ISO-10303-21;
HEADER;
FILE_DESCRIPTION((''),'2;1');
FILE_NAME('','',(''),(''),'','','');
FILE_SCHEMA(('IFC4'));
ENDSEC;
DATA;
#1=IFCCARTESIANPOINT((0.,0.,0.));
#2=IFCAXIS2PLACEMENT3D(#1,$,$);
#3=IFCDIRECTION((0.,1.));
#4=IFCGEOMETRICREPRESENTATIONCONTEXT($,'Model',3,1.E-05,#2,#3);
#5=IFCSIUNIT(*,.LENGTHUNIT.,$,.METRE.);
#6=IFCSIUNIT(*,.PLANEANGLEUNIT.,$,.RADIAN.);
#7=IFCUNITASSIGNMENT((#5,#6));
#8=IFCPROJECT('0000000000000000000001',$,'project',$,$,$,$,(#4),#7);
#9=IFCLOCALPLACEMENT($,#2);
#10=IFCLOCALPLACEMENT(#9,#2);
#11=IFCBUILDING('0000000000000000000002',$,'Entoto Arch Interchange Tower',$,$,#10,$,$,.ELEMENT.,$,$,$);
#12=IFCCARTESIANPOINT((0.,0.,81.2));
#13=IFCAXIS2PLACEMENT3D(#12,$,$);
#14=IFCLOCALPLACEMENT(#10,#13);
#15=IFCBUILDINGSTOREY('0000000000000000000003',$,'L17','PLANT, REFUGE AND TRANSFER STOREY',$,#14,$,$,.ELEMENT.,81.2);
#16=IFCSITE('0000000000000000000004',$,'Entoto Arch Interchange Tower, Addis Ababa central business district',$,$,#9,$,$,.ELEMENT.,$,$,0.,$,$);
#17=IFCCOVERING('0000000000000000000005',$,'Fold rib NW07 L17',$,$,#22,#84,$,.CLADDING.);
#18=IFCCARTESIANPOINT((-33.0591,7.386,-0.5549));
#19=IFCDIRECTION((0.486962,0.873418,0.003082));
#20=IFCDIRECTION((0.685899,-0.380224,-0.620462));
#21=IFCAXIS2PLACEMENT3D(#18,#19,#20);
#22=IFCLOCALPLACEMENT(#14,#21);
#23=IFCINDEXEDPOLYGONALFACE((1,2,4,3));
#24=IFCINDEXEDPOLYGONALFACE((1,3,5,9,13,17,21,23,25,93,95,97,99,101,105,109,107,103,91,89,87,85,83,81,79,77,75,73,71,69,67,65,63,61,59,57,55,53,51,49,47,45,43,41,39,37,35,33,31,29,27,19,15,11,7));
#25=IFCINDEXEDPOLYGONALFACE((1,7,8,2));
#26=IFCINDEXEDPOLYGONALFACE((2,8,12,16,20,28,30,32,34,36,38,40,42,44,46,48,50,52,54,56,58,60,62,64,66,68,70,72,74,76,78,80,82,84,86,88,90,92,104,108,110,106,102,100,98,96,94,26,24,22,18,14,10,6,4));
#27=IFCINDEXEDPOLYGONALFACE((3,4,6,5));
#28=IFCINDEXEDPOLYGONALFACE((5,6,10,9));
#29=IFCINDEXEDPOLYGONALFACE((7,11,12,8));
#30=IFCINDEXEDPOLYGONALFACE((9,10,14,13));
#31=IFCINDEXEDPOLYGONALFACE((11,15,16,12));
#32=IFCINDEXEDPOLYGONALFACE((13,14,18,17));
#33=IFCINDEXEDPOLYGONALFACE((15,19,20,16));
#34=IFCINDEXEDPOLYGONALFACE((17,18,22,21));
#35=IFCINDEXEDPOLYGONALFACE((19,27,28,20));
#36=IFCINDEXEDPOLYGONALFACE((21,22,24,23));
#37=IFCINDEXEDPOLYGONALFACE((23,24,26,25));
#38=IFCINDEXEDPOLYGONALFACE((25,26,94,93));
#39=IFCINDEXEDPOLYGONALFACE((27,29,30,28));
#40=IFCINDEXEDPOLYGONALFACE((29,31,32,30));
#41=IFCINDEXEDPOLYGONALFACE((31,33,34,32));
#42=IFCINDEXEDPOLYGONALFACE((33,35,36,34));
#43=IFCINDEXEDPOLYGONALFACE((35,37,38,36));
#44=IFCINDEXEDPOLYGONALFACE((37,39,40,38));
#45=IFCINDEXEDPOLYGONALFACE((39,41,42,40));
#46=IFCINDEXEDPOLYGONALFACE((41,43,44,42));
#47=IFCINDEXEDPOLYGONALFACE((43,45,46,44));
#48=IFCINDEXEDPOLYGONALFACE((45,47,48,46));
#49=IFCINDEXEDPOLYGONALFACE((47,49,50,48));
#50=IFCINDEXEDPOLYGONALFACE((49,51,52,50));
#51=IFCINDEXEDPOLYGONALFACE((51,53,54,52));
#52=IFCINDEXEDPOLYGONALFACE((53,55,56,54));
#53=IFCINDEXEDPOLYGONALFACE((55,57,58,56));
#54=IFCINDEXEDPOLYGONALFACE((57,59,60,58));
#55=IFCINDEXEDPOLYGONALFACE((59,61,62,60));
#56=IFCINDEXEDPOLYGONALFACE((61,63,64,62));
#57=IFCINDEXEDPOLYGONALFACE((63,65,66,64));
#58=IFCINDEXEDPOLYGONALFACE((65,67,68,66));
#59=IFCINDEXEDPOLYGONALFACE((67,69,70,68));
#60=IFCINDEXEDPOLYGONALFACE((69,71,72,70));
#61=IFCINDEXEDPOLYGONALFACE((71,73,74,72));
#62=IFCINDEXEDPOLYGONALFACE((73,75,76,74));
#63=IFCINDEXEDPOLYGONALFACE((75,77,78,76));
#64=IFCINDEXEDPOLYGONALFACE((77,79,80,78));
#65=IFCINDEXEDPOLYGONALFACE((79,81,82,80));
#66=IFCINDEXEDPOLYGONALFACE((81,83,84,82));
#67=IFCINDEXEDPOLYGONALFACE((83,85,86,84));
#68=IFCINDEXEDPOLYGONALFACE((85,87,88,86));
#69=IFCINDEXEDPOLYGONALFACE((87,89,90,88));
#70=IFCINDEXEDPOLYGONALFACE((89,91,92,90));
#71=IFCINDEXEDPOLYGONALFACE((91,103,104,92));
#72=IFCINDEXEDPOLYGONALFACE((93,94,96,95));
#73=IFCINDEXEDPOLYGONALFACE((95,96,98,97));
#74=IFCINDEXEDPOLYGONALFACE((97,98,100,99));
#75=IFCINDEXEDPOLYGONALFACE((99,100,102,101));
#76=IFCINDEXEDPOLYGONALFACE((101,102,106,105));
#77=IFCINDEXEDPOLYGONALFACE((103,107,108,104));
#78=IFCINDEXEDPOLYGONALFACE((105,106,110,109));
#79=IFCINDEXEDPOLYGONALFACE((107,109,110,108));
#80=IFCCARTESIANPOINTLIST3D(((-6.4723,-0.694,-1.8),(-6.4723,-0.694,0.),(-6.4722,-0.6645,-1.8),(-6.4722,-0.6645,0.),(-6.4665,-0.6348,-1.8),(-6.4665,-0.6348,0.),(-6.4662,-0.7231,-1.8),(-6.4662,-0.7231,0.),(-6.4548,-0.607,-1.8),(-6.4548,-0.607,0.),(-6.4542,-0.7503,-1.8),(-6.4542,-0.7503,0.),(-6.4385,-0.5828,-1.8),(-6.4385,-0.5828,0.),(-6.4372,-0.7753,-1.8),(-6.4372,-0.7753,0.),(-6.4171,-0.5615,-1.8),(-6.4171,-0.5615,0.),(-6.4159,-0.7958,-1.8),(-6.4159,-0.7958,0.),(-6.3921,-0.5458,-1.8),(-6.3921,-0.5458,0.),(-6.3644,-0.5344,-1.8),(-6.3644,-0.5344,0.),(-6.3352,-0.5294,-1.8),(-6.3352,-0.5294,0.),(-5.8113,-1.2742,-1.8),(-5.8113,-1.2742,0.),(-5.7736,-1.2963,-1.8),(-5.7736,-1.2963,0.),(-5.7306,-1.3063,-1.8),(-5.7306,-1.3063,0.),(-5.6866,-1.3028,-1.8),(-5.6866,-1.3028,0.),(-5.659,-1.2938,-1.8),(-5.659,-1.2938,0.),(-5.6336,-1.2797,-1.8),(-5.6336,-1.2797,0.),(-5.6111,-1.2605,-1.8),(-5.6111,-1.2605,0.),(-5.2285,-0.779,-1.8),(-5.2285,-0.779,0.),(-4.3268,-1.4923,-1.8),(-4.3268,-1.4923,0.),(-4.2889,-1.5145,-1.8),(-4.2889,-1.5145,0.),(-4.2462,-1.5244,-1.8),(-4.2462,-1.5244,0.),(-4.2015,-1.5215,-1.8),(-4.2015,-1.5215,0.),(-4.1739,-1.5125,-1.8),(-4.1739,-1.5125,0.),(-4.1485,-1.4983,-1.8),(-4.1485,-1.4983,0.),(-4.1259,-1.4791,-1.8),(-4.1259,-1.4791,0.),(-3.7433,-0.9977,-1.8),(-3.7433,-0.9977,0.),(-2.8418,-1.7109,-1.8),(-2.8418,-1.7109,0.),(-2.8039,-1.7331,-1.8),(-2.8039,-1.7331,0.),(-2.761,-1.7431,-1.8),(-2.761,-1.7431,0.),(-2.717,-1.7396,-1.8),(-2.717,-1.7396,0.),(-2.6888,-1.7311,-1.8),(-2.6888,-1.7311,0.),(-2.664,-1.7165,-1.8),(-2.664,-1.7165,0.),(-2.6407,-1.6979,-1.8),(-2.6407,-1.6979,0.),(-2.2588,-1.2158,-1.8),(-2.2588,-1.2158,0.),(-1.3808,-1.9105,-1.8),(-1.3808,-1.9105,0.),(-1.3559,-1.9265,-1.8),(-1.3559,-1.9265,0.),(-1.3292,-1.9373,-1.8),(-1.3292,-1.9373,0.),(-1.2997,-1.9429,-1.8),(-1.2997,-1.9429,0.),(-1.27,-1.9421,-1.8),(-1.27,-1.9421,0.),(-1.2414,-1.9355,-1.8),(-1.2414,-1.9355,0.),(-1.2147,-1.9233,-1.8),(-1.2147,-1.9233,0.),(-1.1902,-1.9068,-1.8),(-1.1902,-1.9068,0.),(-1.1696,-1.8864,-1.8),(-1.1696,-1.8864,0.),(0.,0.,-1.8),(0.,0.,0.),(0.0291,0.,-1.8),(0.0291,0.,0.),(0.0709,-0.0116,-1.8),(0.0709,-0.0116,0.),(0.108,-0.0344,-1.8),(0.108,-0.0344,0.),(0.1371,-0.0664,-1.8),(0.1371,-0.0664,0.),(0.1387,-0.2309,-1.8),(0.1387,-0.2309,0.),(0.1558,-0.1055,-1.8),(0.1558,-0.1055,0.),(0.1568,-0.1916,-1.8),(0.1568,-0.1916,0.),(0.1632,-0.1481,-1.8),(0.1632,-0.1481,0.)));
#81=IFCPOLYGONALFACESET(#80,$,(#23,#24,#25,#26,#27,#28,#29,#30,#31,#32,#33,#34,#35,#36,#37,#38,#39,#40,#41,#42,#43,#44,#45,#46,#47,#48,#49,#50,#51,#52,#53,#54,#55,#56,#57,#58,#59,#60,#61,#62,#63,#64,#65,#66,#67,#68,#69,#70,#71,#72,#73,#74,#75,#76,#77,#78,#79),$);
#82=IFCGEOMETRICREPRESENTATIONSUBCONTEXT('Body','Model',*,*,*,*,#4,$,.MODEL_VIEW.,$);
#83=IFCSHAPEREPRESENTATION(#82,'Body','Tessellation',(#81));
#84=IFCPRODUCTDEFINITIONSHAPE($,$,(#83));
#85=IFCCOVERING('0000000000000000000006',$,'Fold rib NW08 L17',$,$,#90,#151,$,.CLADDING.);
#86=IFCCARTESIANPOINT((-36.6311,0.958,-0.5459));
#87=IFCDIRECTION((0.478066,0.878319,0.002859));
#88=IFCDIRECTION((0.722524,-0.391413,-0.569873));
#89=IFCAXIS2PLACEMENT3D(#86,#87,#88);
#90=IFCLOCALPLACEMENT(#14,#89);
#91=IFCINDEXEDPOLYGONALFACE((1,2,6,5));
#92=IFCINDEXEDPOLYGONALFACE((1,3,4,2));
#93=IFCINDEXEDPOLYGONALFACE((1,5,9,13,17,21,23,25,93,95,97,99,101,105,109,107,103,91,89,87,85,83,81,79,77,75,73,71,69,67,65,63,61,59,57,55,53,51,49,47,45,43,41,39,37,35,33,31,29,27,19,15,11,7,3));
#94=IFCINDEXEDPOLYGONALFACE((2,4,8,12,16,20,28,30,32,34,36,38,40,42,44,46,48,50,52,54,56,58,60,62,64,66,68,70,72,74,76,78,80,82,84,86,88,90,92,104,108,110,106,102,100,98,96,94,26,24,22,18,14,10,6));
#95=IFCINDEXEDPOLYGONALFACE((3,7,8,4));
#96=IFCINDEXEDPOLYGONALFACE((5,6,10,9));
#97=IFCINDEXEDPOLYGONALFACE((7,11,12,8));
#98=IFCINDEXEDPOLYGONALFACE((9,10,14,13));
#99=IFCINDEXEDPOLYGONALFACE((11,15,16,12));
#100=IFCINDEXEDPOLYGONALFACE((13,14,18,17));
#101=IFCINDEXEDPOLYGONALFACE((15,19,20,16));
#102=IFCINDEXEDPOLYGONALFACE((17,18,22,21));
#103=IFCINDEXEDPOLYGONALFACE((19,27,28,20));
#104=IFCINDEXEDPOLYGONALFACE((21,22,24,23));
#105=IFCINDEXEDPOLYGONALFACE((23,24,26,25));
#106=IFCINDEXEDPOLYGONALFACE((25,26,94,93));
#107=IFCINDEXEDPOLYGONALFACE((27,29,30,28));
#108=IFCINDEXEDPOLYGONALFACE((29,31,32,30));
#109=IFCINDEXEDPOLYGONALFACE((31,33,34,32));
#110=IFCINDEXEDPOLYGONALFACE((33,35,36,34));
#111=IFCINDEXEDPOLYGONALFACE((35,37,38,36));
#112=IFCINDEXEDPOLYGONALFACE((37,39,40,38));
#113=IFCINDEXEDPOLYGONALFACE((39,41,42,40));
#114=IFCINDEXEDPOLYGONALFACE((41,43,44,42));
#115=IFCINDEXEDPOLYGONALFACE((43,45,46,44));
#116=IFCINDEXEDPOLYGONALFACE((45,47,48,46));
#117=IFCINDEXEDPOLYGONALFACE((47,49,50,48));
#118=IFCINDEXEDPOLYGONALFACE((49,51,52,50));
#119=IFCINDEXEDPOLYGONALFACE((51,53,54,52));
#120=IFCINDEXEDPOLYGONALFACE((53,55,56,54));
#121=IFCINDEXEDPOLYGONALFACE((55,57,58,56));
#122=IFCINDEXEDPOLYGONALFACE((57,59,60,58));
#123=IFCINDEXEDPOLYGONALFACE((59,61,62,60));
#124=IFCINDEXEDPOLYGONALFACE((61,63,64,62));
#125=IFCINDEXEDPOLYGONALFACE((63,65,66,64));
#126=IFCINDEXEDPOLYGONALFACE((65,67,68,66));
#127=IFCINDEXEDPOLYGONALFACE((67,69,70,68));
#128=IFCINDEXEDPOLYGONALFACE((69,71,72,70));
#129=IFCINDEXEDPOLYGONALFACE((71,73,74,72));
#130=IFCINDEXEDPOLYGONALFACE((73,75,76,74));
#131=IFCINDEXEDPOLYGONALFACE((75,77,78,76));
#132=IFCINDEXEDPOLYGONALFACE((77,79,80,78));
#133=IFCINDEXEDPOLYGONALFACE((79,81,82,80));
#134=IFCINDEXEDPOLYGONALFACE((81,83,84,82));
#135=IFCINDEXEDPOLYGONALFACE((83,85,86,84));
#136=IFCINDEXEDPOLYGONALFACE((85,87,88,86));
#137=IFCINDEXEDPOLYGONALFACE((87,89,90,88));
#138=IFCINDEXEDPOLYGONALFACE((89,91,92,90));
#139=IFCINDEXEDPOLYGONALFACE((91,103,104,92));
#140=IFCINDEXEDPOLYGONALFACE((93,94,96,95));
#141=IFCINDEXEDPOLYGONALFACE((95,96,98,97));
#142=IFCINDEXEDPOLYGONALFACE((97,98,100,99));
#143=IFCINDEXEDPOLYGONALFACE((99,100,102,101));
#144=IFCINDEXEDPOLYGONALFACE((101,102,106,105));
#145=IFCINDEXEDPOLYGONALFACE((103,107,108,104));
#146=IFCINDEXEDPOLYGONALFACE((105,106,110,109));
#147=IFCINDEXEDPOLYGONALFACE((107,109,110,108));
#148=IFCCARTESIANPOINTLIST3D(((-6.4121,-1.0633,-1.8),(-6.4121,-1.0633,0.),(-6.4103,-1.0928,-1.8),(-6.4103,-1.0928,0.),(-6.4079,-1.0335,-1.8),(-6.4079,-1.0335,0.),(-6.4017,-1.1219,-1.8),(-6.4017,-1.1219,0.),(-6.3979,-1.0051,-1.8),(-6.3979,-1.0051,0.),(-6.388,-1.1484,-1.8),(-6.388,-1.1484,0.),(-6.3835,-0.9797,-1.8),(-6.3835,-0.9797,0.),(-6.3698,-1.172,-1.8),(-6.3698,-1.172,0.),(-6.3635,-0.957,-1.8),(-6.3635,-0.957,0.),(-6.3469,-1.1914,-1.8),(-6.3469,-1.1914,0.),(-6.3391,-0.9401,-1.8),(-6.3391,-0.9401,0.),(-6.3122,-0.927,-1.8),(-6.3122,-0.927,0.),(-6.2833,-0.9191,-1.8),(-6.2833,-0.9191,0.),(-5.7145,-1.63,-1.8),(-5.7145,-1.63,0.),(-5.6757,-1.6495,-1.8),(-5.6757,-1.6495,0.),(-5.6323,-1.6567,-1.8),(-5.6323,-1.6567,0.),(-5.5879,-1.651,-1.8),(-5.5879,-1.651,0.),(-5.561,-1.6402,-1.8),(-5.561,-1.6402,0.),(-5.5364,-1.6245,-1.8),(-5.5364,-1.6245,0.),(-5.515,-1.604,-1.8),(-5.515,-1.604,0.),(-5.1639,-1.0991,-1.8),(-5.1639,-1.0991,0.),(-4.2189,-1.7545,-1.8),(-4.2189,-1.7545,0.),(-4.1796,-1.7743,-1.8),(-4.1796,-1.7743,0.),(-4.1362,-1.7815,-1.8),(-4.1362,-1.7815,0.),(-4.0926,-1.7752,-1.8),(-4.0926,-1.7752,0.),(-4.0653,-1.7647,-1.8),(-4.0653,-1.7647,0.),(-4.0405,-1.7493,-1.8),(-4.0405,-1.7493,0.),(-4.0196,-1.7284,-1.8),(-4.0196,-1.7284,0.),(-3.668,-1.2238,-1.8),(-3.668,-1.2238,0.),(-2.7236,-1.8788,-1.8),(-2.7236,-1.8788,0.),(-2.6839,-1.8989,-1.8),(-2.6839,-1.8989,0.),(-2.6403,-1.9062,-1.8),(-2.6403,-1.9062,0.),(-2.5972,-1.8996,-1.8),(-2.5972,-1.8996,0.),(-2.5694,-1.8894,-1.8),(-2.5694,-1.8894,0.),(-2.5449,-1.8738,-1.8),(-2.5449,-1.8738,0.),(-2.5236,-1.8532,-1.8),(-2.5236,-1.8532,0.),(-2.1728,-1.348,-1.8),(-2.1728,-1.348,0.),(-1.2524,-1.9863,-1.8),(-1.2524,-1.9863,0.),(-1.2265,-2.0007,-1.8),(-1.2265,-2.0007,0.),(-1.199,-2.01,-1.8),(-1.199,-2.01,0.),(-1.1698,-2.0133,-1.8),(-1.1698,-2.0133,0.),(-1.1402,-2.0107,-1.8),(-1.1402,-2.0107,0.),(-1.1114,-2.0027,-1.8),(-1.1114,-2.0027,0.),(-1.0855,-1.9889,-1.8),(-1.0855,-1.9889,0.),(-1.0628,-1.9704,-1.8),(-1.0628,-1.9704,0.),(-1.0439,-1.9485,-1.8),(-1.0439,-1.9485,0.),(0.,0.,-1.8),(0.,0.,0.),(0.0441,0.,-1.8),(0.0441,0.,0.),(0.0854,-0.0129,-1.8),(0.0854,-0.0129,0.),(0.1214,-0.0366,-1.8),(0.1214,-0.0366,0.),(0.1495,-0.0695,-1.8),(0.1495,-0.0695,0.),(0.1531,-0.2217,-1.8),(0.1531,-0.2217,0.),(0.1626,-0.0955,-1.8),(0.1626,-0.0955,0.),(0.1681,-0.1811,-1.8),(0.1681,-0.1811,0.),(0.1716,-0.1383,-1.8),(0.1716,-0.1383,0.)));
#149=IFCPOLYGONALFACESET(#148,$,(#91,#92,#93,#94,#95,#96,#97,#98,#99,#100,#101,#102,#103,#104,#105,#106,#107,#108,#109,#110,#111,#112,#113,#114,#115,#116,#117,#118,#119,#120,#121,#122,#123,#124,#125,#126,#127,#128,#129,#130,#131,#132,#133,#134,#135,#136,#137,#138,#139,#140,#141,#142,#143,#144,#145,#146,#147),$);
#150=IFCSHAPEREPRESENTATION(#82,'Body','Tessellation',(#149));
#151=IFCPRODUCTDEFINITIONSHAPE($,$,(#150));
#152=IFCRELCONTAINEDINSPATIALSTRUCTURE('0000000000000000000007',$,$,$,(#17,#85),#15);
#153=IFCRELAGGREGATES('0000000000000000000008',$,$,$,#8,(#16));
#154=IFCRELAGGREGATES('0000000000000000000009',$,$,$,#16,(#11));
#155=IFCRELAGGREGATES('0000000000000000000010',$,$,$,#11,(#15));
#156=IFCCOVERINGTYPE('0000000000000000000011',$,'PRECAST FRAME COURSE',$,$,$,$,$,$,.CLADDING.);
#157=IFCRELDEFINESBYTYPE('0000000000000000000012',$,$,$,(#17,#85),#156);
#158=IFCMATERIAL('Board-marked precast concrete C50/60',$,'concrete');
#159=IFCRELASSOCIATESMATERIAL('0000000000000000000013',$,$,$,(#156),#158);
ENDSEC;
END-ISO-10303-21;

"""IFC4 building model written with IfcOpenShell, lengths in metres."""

from ifc_helpers import new_model, si_unit, direction, frame, origin, place, context, subcontext, project, spatial, polyline, outline, extrude, material, type_object, element, save


model = new_model("IFC4")

# Units and contexts
model_context = context("Model", 3, precision=1e-05, world=origin(), true_north=direction((0.0, 1.0)))
body_context = subcontext(model_context, "Body", "Model", "MODEL_VIEW")
ifc_project = project(units=[si_unit("LENGTHUNIT", "METRE"), si_unit("PLANEANGLEUNIT", "RADIAN")], contexts=[model_context])

# Site, building, storey
site_placement = place(None, origin())
site = spatial("IfcSite", under=ifc_project, at=site_placement, Name="Entoto Arch Interchange Tower, Addis Ababa central business district", CompositionType="ELEMENT", RefElevation=0.0)
building_placement = place(site_placement, origin())
building = spatial("IfcBuilding", under=site, at=building_placement, Name="Entoto Arch Interchange Tower", CompositionType="ELEMENT")
storey_placement = place(building_placement, frame((0.0, 0.0, 81.2)))
storey = spatial("IfcBuildingStorey", under=building, at=storey_placement, Name="L17", Description="PLANT, REFUGE AND TRANSFER STOREY", CompositionType="ELEMENT", Elevation=81.2)

# Shared definitions
ifc_material_1 = material(Name="Board-marked precast concrete C50/60", Category="concrete")

# Coverings
covering_type = type_object("IfcCoveringType", Name="PRECAST FRAME COURSE", PredefinedType="CLADDING", material=ifc_material_1)
covering_1_placement = place(storey_placement, frame((-33.0591, 7.386, -0.5549), z_axis=(0.486962, 0.873418, 0.003082), x_axis=(0.685899, -0.380224, -0.620462)))
element("IfcCovering", 1, at=covering_1_placement, inside=storey, type_object=covering_type, Name="Fold rib NW07 L17", PredefinedType="CLADDING", context=body_context, shape_type="SweptSolid", body=[
    extrude(outline(polyline([(0.0, 0.0), (0.0291, 0.0), (0.0709, -0.0116), (0.108, -0.0344), (0.1371, -0.0664), (0.1558, -0.1055), (0.1632, -0.1481), (0.1568, -0.1916), (0.1387, -0.2309), (-1.1696, -1.8864), (-1.1902, -1.9068), (-1.2147, -1.9233), (-1.2414, -1.9355), (-1.27, -1.9421), (-1.2997, -1.9429), (-1.3292, -1.9373), (-1.3559, -1.9265), (-1.3808, -1.9105), (-2.2588, -1.2158), (-2.6407, -1.6979), (-2.664, -1.7165), (-2.6888, -1.7311), (-2.717, -1.7396), (-2.761, -1.7431), (-2.8039, -1.7331), (-2.8418, -1.7109), (-3.7433, -0.9977), (-4.1259, -1.4791), (-4.1485, -1.4983), (-4.1739, -1.5125), (-4.2015, -1.5215), (-4.2462, -1.5244), (-4.2889, -1.5145), (-4.3268, -1.4923), (-5.2285, -0.779), (-5.6111, -1.2605), (-5.6336, -1.2797), (-5.659, -1.2938), (-5.6866, -1.3028), (-5.7306, -1.3063), (-5.7736, -1.2963), (-5.8113, -1.2742), (-6.4159, -0.7958), (-6.4372, -0.7753), (-6.4542, -0.7503), (-6.4662, -0.7231), (-6.4723, -0.694), (-6.4722, -0.6645), (-6.4665, -0.6348), (-6.4548, -0.607), (-6.4385, -0.5828), (-6.4171, -0.5615), (-6.3921, -0.5458), (-6.3644, -0.5344), (-6.3352, -0.5294), (0.0, 0.0)])), origin(), (0.0, 0.0, -1.0), 1.8),
])
covering_2_placement = place(storey_placement, frame((-36.6311, 0.958, -0.5459), z_axis=(0.478066, 0.878319, 0.002859), x_axis=(0.722524, -0.391413, -0.569873)))
element("IfcCovering", 2, at=covering_2_placement, inside=storey, type_object=covering_type, Name="Fold rib NW08 L17", PredefinedType="CLADDING", context=body_context, shape_type="SweptSolid", body=[
    extrude(outline(polyline([(0.0, 0.0), (0.0441, 0.0), (0.0854, -0.0129), (0.1214, -0.0366), (0.1495, -0.0695), (0.1626, -0.0955), (0.1716, -0.1383), (0.1681, -0.1811), (0.1531, -0.2217), (-1.0439, -1.9485), (-1.0628, -1.9704), (-1.0855, -1.9889), (-1.1114, -2.0027), (-1.1402, -2.0107), (-1.1698, -2.0133), (-1.199, -2.01), (-1.2265, -2.0007), (-1.2524, -1.9863), (-2.1728, -1.348), (-2.5236, -1.8532), (-2.5449, -1.8738), (-2.5694, -1.8894), (-2.5972, -1.8996), (-2.6403, -1.9062), (-2.6839, -1.8989), (-2.7236, -1.8788), (-3.668, -1.2238), (-4.0196, -1.7284), (-4.0405, -1.7493), (-4.0653, -1.7647), (-4.0926, -1.7752), (-4.1362, -1.7815), (-4.1796, -1.7743), (-4.2189, -1.7545), (-5.1639, -1.0991), (-5.515, -1.604), (-5.5364, -1.6245), (-5.561, -1.6402), (-5.5879, -1.651), (-5.6323, -1.6567), (-5.6757, -1.6495), (-5.7145, -1.63), (-6.3469, -1.1914), (-6.3698, -1.172), (-6.388, -1.1484), (-6.4017, -1.1219), (-6.4103, -1.0928), (-6.4121, -1.0633), (-6.4079, -1.0335), (-6.3979, -1.0051), (-6.3835, -0.9797), (-6.3635, -0.957), (-6.3391, -0.9401), (-6.3122, -0.927), (-6.2833, -0.9191), (0.0, 0.0)])), origin(), (0.0, 0.0, -1.0), 1.8),
])

save(model, "model.ifc")
